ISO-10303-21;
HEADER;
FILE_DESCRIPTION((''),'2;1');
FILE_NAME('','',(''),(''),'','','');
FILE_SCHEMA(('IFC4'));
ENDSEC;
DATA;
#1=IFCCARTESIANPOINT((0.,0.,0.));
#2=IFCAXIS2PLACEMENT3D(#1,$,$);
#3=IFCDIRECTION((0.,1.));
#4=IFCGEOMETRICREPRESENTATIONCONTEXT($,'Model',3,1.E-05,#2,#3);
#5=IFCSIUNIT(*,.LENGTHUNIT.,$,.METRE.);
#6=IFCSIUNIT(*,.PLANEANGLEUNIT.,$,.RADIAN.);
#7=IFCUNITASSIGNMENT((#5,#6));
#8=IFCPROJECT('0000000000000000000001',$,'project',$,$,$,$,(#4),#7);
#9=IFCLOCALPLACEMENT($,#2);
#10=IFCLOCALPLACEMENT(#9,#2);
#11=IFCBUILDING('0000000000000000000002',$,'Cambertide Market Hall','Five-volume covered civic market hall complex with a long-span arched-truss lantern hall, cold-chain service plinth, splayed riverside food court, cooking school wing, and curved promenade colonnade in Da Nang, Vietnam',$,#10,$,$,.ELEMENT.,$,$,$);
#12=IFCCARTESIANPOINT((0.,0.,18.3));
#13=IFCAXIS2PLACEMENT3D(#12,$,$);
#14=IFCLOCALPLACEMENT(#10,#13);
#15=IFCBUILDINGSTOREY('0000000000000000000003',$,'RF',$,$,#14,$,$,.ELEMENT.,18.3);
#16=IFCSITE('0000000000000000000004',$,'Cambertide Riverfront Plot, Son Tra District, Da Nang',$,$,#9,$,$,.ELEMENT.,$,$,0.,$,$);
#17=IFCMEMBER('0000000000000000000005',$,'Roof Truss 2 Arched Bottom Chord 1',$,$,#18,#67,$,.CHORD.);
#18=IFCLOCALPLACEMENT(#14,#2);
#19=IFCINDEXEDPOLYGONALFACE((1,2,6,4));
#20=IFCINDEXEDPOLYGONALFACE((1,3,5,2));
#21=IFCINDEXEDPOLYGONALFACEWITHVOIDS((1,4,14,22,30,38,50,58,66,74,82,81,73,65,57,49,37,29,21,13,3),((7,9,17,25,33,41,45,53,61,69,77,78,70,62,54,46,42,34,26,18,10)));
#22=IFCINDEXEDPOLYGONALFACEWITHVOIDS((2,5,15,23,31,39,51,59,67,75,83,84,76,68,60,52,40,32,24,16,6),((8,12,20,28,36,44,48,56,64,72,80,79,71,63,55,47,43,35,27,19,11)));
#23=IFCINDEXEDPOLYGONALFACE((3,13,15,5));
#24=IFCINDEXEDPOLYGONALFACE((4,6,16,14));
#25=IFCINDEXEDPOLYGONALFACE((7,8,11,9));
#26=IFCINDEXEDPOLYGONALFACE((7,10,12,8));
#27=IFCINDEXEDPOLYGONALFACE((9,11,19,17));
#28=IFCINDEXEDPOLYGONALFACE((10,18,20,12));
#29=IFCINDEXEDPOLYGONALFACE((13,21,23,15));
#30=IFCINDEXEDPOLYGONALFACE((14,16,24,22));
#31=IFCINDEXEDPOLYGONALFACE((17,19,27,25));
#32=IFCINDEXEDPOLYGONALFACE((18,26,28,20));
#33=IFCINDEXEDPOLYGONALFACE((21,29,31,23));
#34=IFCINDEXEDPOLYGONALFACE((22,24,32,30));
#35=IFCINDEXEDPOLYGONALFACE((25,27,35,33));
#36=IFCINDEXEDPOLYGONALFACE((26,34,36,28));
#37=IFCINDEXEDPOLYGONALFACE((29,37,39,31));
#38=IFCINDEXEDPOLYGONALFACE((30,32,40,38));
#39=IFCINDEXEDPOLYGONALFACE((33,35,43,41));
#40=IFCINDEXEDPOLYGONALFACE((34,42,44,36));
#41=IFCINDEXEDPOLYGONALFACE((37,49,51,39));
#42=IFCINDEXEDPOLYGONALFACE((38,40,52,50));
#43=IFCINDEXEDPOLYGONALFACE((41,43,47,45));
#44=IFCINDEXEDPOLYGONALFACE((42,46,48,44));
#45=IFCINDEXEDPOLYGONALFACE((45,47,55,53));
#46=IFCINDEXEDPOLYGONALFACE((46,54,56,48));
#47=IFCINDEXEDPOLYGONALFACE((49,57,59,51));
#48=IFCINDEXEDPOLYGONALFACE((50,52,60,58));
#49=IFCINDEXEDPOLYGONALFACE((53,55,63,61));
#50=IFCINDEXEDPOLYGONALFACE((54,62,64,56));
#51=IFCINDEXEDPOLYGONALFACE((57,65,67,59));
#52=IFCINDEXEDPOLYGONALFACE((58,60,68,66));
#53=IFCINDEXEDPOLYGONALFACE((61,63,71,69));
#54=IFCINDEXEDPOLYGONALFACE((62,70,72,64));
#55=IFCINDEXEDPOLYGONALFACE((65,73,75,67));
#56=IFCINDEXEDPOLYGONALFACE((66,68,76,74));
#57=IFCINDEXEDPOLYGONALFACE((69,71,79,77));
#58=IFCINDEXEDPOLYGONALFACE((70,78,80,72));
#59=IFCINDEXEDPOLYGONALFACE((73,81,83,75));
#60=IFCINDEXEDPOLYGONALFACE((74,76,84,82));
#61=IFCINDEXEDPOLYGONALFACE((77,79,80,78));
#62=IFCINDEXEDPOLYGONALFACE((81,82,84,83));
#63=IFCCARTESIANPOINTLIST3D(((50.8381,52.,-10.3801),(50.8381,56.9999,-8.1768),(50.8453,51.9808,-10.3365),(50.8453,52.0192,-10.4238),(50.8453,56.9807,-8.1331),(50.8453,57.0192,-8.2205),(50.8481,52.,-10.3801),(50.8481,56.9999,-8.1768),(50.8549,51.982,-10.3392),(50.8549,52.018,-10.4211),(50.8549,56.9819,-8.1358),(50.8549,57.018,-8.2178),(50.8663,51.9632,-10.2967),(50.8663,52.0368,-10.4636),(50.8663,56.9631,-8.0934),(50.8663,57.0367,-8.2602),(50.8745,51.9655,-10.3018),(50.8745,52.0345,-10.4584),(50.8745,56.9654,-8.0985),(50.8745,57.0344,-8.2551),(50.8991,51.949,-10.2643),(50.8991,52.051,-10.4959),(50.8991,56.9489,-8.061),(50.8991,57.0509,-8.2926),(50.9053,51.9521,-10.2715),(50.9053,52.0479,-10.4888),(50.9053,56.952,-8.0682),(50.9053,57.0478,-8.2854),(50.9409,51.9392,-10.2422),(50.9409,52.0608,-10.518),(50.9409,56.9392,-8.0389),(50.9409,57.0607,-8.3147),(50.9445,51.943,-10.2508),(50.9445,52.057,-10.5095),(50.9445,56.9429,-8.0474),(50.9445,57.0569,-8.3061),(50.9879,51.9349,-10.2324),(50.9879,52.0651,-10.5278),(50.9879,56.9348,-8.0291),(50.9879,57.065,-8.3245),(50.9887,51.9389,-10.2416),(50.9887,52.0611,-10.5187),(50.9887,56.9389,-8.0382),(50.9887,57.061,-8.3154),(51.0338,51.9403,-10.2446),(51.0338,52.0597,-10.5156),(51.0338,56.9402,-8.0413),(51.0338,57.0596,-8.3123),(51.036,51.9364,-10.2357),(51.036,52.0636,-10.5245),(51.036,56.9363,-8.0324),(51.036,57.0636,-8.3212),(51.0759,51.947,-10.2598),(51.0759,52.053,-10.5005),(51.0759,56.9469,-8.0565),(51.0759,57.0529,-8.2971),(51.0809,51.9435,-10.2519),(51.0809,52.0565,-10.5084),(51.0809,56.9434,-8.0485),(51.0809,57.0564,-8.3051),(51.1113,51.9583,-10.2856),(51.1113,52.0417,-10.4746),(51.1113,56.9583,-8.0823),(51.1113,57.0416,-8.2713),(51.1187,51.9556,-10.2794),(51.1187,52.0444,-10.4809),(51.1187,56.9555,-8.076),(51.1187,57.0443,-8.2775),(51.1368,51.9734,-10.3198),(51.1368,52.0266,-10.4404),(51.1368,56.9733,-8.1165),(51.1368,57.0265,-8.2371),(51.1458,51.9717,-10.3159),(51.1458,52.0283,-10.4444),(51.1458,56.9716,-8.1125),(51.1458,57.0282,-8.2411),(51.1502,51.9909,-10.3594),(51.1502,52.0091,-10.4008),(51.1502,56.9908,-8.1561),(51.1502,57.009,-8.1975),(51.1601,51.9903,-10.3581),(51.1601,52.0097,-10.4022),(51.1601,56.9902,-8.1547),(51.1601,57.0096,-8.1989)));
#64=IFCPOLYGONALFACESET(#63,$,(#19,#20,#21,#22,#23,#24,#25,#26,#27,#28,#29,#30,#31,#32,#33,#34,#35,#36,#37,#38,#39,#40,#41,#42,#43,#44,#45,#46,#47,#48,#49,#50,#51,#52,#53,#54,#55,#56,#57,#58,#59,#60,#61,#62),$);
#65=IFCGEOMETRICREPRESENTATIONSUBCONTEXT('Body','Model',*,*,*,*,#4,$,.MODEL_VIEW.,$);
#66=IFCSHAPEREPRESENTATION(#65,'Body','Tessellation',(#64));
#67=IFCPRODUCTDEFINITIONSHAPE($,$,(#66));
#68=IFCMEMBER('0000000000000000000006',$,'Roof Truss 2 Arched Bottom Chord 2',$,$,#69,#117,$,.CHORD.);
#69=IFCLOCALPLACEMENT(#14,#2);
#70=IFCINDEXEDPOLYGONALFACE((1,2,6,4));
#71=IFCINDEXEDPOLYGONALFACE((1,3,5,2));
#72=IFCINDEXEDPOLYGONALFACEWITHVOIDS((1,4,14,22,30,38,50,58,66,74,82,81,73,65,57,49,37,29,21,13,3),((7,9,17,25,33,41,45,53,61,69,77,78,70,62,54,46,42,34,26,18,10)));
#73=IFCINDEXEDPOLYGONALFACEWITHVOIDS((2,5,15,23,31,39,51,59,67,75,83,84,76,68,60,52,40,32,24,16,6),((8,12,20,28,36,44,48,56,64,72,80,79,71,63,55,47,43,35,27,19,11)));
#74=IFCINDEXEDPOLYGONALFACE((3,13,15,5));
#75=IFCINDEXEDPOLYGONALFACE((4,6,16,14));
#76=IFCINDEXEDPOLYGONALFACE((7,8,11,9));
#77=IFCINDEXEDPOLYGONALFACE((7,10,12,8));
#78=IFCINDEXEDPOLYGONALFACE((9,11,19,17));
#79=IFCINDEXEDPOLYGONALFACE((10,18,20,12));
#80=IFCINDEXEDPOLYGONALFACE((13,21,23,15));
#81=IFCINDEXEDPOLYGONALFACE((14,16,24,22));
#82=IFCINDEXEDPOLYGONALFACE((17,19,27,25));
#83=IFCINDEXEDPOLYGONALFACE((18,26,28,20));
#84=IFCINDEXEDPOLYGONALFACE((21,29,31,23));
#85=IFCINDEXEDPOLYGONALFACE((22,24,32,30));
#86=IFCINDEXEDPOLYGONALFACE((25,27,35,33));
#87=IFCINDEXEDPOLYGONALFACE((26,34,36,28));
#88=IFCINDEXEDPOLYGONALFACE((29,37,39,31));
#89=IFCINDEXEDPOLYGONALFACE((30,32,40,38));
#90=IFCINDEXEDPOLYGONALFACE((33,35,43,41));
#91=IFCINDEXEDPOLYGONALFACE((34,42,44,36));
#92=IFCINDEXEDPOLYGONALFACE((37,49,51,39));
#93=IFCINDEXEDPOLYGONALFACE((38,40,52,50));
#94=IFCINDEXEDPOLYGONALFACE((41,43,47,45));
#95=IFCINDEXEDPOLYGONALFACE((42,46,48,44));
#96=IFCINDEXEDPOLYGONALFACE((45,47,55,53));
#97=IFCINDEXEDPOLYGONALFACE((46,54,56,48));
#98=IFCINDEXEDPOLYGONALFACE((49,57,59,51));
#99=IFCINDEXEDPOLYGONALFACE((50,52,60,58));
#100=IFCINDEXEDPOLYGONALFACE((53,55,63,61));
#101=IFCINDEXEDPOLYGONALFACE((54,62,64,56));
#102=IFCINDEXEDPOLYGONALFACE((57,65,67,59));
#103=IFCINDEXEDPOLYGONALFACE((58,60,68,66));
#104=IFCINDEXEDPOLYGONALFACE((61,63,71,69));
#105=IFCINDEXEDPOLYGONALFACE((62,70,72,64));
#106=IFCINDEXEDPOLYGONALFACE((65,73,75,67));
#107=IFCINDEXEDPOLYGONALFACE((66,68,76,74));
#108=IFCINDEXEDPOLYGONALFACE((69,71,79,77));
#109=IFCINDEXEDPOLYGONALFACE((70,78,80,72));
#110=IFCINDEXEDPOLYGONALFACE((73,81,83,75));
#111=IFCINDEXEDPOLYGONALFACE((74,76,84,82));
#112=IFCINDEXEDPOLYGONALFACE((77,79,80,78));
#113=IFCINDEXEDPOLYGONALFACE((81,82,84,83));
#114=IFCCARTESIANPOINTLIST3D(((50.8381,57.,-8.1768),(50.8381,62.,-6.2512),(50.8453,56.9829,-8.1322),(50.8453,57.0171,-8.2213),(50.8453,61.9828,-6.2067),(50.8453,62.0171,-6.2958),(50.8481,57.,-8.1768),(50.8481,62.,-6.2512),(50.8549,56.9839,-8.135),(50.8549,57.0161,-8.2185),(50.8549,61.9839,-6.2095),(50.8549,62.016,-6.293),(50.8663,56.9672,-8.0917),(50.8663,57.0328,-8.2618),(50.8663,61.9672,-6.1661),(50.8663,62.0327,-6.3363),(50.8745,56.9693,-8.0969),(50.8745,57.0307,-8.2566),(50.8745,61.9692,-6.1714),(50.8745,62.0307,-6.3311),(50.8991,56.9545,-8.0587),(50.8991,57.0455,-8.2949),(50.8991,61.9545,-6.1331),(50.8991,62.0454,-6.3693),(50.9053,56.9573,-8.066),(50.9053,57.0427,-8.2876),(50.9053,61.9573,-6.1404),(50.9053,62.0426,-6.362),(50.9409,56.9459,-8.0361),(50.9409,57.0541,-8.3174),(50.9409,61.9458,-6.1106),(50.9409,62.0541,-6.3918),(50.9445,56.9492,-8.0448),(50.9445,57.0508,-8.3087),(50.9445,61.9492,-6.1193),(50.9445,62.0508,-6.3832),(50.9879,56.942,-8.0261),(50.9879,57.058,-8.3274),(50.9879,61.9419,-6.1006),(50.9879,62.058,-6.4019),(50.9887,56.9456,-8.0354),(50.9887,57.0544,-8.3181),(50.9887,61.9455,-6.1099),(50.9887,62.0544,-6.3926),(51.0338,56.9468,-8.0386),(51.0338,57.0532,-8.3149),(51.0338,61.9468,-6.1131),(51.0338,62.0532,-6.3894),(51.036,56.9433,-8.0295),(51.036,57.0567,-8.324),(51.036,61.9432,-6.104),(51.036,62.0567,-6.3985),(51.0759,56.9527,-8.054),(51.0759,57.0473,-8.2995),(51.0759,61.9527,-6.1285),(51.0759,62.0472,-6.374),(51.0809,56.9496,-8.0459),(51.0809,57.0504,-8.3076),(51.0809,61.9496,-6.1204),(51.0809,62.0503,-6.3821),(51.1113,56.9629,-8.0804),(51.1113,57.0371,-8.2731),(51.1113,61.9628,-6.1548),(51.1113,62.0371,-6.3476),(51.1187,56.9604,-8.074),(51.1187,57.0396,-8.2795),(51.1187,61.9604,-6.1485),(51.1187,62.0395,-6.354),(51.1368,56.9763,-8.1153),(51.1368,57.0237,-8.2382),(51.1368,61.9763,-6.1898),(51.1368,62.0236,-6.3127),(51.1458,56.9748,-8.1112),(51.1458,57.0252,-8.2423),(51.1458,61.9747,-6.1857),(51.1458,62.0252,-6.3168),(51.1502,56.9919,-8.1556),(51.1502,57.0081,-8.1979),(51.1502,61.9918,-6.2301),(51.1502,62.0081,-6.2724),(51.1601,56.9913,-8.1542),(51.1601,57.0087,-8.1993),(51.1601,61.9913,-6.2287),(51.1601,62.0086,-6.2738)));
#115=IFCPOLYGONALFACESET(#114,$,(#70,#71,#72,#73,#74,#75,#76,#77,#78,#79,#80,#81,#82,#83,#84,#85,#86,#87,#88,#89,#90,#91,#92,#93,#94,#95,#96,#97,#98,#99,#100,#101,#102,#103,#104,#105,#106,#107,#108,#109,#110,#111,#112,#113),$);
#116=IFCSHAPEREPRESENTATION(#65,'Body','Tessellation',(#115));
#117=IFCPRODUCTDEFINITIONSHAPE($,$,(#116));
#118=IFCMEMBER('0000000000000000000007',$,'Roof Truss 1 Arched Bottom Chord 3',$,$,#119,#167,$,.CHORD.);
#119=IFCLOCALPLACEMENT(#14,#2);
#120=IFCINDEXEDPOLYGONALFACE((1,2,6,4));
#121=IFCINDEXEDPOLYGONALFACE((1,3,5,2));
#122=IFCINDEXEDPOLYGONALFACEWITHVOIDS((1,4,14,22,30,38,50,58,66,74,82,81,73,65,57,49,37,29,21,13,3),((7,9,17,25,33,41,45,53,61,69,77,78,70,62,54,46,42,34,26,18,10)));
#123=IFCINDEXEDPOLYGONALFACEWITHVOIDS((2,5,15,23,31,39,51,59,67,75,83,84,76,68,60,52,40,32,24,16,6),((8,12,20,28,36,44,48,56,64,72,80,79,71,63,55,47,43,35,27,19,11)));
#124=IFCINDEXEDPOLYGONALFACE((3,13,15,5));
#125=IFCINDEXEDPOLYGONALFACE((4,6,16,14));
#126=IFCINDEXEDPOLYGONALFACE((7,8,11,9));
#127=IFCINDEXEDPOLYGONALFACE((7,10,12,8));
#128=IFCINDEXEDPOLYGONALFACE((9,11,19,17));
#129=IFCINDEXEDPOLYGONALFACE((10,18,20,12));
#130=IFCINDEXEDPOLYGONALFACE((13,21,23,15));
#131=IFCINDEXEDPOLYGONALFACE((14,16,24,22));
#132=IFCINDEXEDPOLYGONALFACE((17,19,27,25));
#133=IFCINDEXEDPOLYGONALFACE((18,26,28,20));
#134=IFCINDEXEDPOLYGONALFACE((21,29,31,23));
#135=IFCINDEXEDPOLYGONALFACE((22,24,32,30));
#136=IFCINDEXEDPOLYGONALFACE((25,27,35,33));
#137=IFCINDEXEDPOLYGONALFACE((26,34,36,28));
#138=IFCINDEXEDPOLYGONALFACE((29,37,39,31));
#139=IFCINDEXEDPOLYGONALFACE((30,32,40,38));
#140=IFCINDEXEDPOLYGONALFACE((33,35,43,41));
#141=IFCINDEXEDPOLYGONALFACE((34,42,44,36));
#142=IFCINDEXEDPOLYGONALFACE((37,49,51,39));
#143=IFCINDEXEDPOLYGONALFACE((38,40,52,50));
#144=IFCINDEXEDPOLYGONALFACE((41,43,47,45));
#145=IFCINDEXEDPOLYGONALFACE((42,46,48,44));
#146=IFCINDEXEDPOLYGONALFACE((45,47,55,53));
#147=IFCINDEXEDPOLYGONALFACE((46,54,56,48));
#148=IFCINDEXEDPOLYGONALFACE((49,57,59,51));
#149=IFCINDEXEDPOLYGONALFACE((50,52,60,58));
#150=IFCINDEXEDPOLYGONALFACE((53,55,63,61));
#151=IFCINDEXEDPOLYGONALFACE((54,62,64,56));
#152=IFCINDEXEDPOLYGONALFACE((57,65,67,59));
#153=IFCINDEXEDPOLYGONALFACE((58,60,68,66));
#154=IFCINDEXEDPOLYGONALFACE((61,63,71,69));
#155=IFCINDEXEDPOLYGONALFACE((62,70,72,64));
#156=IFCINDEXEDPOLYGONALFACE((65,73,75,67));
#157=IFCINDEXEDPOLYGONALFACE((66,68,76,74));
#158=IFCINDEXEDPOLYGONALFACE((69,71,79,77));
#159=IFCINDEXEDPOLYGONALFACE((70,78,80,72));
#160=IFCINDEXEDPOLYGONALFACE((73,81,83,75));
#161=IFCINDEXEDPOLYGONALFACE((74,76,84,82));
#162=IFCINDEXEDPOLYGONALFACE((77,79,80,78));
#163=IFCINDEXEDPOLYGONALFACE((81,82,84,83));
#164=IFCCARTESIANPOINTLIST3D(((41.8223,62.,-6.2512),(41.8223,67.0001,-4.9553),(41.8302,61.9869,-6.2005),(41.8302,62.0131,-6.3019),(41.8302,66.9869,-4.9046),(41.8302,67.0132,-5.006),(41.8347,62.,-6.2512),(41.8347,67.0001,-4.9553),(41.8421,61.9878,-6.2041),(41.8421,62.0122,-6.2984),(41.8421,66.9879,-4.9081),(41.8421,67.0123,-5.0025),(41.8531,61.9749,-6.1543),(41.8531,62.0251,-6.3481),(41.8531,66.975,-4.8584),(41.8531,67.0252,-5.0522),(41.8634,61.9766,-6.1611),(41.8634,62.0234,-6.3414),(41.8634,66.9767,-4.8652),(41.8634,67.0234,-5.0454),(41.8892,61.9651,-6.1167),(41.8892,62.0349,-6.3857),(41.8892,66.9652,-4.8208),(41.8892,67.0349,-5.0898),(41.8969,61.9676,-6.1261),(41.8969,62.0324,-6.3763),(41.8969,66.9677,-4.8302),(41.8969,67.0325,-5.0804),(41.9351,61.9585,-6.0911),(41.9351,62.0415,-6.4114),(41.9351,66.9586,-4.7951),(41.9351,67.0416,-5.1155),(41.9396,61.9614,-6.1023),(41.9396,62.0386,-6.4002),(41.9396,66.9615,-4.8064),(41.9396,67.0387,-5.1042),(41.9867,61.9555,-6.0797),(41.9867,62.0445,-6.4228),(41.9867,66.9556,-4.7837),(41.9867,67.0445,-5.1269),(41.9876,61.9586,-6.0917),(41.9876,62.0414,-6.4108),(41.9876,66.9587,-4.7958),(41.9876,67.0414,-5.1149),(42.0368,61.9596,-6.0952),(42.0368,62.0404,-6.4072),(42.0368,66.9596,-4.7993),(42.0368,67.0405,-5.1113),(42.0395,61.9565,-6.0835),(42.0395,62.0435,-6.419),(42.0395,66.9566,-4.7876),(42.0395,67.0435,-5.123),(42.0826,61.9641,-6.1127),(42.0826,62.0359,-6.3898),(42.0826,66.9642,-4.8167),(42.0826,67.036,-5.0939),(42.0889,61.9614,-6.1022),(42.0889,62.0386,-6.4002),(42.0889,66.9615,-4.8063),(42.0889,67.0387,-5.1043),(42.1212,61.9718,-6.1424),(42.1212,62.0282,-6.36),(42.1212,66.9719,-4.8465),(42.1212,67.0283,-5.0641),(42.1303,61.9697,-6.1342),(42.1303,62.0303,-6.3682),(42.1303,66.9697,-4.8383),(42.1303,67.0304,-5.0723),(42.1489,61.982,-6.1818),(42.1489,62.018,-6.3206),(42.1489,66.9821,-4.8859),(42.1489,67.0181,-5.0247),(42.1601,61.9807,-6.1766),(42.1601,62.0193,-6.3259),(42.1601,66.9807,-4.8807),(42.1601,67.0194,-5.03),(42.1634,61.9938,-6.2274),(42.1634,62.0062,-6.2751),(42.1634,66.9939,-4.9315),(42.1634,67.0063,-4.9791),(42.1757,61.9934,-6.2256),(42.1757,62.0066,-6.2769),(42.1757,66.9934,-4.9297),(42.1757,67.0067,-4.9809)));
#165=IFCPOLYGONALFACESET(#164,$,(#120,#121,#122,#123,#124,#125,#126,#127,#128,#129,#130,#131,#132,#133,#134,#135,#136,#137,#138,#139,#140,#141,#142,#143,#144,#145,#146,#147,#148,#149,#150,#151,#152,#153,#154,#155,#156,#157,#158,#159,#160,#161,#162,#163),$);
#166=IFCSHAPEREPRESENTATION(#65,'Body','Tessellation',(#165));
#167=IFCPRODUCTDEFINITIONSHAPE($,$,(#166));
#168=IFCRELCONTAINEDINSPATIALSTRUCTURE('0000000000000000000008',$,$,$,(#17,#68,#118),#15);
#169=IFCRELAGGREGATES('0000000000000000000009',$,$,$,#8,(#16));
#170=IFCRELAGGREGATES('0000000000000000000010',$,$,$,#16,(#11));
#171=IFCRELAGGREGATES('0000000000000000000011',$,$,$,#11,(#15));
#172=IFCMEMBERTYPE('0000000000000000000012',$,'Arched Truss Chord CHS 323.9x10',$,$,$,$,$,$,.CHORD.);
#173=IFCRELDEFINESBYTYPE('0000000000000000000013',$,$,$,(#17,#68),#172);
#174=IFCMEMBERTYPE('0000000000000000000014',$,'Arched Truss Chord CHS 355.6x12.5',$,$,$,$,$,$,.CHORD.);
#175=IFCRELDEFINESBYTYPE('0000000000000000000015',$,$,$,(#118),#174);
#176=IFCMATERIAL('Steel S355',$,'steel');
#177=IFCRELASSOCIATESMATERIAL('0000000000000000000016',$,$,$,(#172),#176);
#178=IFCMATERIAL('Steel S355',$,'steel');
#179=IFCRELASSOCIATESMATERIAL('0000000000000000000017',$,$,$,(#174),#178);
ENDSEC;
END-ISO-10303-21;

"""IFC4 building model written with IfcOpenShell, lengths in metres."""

from ifc_helpers import new_model, si_unit, direction, frame, origin, origin_2d, place, context, subcontext, project, spatial, hollow_circle, extrude, material, material_profile, profile_set, type_object, element, save


model = new_model("IFC4")

# Units and contexts
model_context = context("Model", 3, precision=1e-05, world=origin(), true_north=direction((0.0, 1.0)))
body_context = subcontext(model_context, "Body", "Model", "MODEL_VIEW")
ifc_project = project(units=[si_unit("LENGTHUNIT", "METRE"), si_unit("PLANEANGLEUNIT", "RADIAN")], contexts=[model_context])

# Site, building, storey
site_placement = place(None, origin())
site = spatial("IfcSite", under=ifc_project, at=site_placement, Name="Cambertide Riverfront Plot, Son Tra District, Da Nang", CompositionType="ELEMENT", RefElevation=0.0)
building_placement = place(site_placement, origin())
building = spatial("IfcBuilding", under=site, at=building_placement, Name="Cambertide Market Hall", Description="Five-volume covered civic market hall complex with a long-span arched-truss lantern hall, cold-chain service plinth, splayed riverside food court, cooking school wing, and curved promenade colonnade in Da Nang, Vietnam", CompositionType="ELEMENT")
storey_placement = place(building_placement, frame((0.0, 0.0, 18.3)))
storey = spatial("IfcBuildingStorey", under=building, at=storey_placement, Name="RF", CompositionType="ELEMENT", Elevation=18.3)

# Members
ifc_material_1 = material(Name="Steel S355", Category="steel")
ifc_material_profile_1 = material_profile(ifc_material_1, hollow_circle(Radius=0.1619, WallThickness=0.01, at=origin_2d()), Name="CHS 323.9x10")
ifc_profile_set_1 = profile_set([ifc_material_profile_1], Name="Steel S355")
member_type_1 = type_object("IfcMemberType", Name="Arched Truss Chord CHS 323.9x10", PredefinedType="CHORD", material=ifc_profile_set_1)
member_1_placement = place(storey_placement, frame((51.0, 52.0, -10.3801), z_axis=(0.0, 0.915088, 0.403255), x_axis=(-1.0, 0.0, 0.0)))
element("IfcMember", 1, at=member_1_placement, inside=storey, type_object=member_type_1, Name="Roof Truss 2 Arched Bottom Chord 1", PredefinedType="CHORD", context=body_context, shape_type="SweptSolid", body=[
    extrude(hollow_circle(Radius=0.1619, WallThickness=0.01, at=origin_2d()), origin(), (0.0, 0.0, 1.0), 5.4639),
])
member_2_placement = place(storey_placement, frame((51.0, 57.0, -8.1768), z_axis=(0.0, 0.933192, 0.359379), x_axis=(-1.0, 0.0, 0.0)))
element("IfcMember", 2, at=member_2_placement, inside=storey, type_object=member_type_1, Name="Roof Truss 2 Arched Bottom Chord 2", PredefinedType="CHORD", context=body_context, shape_type="SweptSolid", body=[
    extrude(hollow_circle(Radius=0.1619, WallThickness=0.01, at=origin_2d()), origin(), (0.0, 0.0, 1.0), 5.3579),
])
ifc_material_2 = material(Name="Steel S355", Category="steel")
ifc_material_profile_2 = material_profile(ifc_material_2, hollow_circle(Radius=0.1777, WallThickness=0.0125, at=origin_2d()), Name="CHS 355.6x12.5")
ifc_profile_set_2 = profile_set([ifc_material_profile_2], Name="Steel S355")
member_type_2 = type_object("IfcMemberType", Name="Arched Truss Chord CHS 355.6x12.5", PredefinedType="CHORD", material=ifc_profile_set_2)
member_3_placement = place(storey_placement, frame((42.0, 62.0, -6.2512), z_axis=(0.0, 0.968016, 0.25089), x_axis=(-1.0, 0.0, 0.0)))
element("IfcMember", 3, at=member_3_placement, inside=storey, type_object=member_type_2, Name="Roof Truss 1 Arched Bottom Chord 3", PredefinedType="CHORD", context=body_context, shape_type="SweptSolid", body=[
    extrude(hollow_circle(Radius=0.1777, WallThickness=0.0125, at=origin_2d()), origin(), (0.0, 0.0, 1.0), 5.1653),
])

save(model, "model.ifc")
